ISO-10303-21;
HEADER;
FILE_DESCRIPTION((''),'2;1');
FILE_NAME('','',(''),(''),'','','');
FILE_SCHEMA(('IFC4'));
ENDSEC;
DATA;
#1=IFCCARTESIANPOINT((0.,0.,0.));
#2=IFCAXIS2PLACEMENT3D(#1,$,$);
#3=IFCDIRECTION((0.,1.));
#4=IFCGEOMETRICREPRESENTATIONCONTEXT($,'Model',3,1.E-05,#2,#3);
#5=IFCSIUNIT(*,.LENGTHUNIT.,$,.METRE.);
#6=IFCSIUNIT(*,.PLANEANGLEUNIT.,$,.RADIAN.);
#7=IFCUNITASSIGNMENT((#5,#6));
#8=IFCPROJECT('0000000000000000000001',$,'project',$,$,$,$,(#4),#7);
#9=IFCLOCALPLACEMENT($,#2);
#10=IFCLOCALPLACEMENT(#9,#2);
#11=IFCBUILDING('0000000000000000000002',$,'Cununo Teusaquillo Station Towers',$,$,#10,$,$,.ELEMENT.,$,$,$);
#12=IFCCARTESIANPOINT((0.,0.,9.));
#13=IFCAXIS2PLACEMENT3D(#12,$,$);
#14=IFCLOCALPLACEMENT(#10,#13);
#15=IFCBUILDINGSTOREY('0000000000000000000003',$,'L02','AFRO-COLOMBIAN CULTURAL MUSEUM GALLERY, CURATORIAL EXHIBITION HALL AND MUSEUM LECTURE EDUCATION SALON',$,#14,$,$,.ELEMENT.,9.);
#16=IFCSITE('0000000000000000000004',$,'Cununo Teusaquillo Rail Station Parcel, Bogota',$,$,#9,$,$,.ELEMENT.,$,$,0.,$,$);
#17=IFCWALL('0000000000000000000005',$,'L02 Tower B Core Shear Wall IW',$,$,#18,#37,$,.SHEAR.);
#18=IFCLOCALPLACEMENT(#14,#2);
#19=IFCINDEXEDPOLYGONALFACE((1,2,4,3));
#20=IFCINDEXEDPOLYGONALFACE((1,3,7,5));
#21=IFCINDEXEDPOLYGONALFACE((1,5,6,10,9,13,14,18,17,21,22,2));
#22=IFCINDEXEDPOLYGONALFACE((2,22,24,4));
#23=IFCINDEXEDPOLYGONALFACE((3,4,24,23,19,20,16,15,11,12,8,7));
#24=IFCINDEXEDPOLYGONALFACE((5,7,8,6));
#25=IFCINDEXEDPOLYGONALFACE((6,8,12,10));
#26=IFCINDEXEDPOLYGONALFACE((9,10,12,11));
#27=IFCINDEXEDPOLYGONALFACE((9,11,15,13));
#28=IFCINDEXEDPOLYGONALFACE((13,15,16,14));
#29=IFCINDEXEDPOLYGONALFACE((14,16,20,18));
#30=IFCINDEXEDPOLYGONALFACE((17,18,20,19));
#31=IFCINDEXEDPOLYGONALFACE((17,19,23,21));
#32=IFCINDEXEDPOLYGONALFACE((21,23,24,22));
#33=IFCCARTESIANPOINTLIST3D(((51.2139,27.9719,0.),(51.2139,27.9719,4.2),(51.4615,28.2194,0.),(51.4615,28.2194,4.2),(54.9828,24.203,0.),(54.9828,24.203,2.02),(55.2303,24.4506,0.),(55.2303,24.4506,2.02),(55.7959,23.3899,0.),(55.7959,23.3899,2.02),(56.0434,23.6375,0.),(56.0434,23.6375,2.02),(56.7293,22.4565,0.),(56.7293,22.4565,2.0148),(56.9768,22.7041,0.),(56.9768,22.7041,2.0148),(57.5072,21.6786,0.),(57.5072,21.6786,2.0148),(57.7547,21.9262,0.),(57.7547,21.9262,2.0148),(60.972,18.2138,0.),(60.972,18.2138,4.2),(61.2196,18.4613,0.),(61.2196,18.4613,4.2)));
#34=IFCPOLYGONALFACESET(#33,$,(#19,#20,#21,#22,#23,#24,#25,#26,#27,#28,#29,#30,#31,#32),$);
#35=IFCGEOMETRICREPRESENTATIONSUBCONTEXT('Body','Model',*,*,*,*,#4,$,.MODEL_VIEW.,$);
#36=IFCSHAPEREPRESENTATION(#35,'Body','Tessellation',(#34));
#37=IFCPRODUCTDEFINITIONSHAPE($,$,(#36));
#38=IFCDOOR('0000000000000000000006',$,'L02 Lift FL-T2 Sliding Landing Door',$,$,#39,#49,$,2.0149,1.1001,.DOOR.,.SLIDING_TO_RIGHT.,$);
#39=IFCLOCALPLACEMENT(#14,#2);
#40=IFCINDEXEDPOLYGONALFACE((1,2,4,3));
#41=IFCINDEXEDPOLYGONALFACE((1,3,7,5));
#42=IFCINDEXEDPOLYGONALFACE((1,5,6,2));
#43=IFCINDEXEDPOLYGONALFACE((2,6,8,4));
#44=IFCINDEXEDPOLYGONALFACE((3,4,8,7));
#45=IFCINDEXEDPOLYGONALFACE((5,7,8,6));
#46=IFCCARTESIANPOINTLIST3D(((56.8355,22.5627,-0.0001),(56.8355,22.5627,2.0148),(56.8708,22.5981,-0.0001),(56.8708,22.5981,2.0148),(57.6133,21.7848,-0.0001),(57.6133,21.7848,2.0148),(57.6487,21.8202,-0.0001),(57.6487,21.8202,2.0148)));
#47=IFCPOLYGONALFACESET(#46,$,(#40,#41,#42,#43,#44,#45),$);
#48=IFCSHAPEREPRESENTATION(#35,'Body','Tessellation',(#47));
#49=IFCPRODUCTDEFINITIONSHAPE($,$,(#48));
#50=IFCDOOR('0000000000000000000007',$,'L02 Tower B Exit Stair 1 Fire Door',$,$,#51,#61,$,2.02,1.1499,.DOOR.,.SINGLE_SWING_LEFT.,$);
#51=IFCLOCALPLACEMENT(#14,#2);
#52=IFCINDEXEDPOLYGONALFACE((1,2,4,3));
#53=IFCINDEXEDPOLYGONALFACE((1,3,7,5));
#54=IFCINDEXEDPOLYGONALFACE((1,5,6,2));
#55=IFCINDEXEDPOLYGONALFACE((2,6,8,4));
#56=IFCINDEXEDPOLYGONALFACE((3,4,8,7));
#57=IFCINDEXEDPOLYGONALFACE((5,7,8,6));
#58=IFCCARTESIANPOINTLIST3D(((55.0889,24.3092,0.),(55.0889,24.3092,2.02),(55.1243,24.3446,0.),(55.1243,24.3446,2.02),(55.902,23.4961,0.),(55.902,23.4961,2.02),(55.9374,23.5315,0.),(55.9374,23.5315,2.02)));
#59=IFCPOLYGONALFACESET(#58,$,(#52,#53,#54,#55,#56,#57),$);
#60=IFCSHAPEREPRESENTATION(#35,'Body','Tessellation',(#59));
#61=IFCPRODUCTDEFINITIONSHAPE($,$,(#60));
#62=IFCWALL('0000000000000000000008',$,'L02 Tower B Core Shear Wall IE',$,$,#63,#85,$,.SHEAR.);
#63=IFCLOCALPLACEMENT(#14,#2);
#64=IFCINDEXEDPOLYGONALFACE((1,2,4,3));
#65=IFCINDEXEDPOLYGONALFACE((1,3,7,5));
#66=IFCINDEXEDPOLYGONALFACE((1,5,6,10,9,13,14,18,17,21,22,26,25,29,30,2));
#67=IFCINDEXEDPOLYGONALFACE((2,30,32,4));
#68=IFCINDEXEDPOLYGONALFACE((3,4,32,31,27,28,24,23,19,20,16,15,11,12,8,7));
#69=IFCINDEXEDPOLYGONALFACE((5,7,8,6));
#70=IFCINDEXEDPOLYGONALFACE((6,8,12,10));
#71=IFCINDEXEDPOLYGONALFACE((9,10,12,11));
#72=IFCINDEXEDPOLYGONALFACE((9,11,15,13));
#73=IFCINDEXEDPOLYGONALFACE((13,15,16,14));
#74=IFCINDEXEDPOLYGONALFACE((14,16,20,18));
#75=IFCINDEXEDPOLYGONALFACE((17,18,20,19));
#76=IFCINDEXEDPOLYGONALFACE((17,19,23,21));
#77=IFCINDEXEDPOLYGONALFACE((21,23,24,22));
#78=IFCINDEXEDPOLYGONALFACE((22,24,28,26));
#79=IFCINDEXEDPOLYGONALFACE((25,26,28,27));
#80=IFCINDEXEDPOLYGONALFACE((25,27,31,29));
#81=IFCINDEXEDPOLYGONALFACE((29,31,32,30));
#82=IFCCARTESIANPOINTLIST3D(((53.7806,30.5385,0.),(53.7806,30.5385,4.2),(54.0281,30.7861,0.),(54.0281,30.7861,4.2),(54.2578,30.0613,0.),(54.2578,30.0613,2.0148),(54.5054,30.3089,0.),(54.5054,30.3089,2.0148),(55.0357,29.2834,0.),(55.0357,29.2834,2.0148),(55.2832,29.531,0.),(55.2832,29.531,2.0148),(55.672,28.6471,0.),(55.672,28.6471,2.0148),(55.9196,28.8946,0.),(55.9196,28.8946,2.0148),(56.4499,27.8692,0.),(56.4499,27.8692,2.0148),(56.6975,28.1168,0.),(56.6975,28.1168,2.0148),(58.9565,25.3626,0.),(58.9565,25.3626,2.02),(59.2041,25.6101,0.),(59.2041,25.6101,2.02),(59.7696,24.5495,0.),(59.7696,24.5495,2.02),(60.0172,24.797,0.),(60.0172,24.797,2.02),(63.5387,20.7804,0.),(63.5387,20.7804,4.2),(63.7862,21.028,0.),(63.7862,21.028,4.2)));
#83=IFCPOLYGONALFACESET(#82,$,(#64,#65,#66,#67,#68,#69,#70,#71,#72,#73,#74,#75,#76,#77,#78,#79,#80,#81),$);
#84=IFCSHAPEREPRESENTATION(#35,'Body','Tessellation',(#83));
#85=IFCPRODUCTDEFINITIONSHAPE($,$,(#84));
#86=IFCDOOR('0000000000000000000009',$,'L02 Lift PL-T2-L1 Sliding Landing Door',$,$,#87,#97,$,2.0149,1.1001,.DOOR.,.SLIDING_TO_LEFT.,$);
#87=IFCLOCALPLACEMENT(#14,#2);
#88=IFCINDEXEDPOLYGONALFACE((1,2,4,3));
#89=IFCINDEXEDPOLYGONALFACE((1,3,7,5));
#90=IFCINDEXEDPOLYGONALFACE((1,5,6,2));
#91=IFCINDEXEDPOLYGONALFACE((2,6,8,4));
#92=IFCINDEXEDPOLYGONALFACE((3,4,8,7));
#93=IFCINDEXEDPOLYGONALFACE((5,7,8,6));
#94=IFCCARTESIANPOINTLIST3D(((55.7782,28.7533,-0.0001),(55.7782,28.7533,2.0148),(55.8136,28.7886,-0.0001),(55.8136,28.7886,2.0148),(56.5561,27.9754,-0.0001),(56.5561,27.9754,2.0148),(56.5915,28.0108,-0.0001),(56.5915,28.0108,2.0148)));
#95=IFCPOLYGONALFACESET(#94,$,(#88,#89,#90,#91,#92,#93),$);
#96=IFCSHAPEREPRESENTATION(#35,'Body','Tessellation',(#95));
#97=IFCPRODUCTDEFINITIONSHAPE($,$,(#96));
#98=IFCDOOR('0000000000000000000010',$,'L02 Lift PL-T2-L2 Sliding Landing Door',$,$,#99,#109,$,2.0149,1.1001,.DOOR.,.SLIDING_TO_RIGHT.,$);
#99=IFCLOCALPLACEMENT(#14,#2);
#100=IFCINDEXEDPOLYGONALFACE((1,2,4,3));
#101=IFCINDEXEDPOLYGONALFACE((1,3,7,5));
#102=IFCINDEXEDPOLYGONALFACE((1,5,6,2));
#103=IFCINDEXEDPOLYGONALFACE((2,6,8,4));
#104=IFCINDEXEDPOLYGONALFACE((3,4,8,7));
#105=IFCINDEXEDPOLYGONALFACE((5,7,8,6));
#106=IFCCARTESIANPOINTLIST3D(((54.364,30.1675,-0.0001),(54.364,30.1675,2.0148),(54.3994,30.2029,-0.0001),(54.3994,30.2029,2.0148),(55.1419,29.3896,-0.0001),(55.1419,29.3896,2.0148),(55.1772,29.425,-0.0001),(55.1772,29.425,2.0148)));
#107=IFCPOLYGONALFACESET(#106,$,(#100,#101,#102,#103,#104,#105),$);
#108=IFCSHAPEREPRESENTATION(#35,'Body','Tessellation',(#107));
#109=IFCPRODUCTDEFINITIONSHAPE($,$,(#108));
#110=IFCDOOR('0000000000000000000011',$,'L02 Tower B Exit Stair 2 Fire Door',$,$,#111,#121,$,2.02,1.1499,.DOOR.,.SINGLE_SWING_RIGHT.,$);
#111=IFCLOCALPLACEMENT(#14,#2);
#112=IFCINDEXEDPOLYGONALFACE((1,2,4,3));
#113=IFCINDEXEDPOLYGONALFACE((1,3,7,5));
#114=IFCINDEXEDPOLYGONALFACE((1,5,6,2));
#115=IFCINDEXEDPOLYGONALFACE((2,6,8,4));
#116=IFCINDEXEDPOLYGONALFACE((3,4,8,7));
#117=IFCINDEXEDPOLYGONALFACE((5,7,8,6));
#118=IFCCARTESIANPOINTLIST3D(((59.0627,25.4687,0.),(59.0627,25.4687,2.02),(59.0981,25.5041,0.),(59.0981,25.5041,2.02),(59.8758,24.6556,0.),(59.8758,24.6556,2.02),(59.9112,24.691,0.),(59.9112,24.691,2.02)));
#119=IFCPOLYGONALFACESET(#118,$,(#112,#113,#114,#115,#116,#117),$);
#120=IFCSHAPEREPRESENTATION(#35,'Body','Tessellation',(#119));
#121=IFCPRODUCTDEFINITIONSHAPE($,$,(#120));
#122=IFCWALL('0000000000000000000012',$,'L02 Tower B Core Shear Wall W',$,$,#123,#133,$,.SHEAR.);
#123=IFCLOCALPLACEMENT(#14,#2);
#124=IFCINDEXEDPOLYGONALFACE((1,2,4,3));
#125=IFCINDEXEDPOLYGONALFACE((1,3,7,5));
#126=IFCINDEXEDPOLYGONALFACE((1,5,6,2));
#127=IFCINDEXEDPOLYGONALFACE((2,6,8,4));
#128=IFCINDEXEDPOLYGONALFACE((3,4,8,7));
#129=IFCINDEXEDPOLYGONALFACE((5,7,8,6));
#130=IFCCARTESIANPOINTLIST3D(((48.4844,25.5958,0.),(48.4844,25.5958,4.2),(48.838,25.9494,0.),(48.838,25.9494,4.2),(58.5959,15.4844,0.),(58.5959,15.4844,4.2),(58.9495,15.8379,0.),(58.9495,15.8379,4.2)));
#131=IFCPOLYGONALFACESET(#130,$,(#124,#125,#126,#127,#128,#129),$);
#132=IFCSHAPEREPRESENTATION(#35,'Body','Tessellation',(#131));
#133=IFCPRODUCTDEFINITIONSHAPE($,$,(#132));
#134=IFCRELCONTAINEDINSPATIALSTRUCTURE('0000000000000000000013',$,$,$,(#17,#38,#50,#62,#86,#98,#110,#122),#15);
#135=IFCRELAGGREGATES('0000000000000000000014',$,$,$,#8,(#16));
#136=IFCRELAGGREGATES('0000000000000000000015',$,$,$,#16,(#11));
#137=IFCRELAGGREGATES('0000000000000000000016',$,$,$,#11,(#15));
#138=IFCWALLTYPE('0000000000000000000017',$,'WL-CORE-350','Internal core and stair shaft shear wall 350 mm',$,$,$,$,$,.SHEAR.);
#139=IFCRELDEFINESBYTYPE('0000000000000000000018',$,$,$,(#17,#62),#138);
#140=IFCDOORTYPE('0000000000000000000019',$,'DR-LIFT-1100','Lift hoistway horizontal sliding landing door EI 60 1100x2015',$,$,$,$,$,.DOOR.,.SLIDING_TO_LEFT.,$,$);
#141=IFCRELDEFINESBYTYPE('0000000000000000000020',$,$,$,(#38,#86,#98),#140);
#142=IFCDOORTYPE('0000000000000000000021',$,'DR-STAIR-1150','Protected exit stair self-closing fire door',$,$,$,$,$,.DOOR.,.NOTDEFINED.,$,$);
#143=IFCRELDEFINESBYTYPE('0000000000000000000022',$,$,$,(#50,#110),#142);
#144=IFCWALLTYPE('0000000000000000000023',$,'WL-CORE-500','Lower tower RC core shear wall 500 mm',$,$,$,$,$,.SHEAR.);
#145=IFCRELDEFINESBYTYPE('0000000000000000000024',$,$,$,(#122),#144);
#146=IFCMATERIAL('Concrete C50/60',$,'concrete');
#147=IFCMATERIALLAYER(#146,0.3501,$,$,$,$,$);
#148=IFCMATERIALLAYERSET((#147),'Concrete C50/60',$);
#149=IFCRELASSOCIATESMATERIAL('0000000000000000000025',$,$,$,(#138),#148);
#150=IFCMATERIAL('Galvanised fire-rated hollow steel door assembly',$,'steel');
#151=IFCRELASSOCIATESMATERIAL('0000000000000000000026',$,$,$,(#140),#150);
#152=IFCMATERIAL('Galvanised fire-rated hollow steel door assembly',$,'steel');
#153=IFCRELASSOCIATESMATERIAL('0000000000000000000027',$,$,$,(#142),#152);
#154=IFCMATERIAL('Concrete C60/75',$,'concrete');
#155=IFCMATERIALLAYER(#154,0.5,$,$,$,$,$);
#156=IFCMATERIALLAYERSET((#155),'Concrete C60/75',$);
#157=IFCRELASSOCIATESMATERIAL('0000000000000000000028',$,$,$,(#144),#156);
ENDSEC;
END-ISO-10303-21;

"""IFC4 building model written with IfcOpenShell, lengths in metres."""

from ifc_helpers import new_model, si_unit, direction, frame, frame_2d, origin, place, context, subcontext, project, spatial, rectangle, extrude, source, transform, mapped, material, layer, layer_set, type_object, element, fill, save


model = new_model("IFC4")

# Units and contexts
model_context = context("Model", 3, precision=1e-05, world=origin(), true_north=direction((0.0, 1.0)))
body_context = subcontext(model_context, "Body", "Model", "MODEL_VIEW")
ifc_project = project(units=[si_unit("LENGTHUNIT", "METRE"), si_unit("PLANEANGLEUNIT", "RADIAN")], contexts=[model_context])

# Site, building, storey
site_placement = place(None, origin())
site = spatial("IfcSite", under=ifc_project, at=site_placement, Name="Cununo Teusaquillo Rail Station Parcel, Bogota", CompositionType="ELEMENT", RefElevation=0.0)
building_placement = place(site_placement, origin())
building = spatial("IfcBuilding", under=site, at=building_placement, Name="Cununo Teusaquillo Station Towers", CompositionType="ELEMENT")
storey_placement = place(building_placement, frame((0.0, 0.0, 9.0)))
storey = spatial("IfcBuildingStorey", under=building, at=storey_placement, Name="L02", Description="AFRO-COLOMBIAN CULTURAL MUSEUM GALLERY, CURATORIAL EXHIBITION HALL AND MUSEUM LECTURE EDUCATION SALON", CompositionType="ELEMENT", Elevation=9.0)

# Walls, openings, doors
ifc_material_1 = material(Name="Concrete C50/60", Category="concrete")
ifc_layer_1 = layer(ifc_material_1, 0.3501)
ifc_layer_set_1 = layer_set([ifc_layer_1], Name="Concrete C50/60")
wall_type_1 = type_object("IfcWallType", Name="WL-CORE-350", Description="Internal core and stair shaft shear wall 350 mm", PredefinedType="SHEAR", material=ifc_layer_set_1)
wall_1_placement = place(storey_placement, frame((61.0957, 18.3376, 0.0), z_axis=(0.0, 0.0, 1.0), x_axis=(-0.707107, 0.707107, 0.0)))
wall_1 = element("IfcWall", 1, at=wall_1_placement, inside=storey, type_object=wall_type_1, Name="L02 Tower B Core Shear Wall IW", PredefinedType="SHEAR", context=body_context, shape_type="SweptSolid", body=[
    extrude(rectangle(XDim=13.8, YDim=0.3501, at=frame_2d((6.8999, 0.0))), origin(), (0.0, 0.0, 1.0), 4.2),
])
shared_shape_1 = source(origin(), body_context, "Body", "SweptSolid", [
    extrude(rectangle(XDim=1.1001, YDim=2.0149, at=frame_2d((0.55, 1.0073))), frame((0.0, 0.1851, 0.0), z_axis=(0.0, -1.0, 0.0), x_axis=(1.0, 0.0, 0.0)), (0.0, 0.0, 1.0), 0.3701),
])
opening_1_placement = place(wall_1_placement, frame((4.8999, 0.0, 0.0)))
opening_1 = element("IfcOpeningElement", 2, at=opening_1_placement, cuts=wall_1, PredefinedType="OPENING", context=body_context, shape_type="MappedRepresentation", body=[
    mapped(shared_shape_1, transform((0.0, 0.0, 0.0), x_axis=(1.0, 0.0, 0.0), y_axis=(0.0, 1.0, 0.0), z_axis=(0.0, 0.0, 1.0), scale=1.0)),
])
shared_shape_2 = source(origin(), body_context, "Body", "SweptSolid", [
    extrude(rectangle(XDim=1.1499, YDim=2.02, at=frame_2d((0.575, 1.01))), frame((0.0, 0.1851, 0.0), z_axis=(0.0, -1.0, 0.0), x_axis=(1.0, 0.0, 0.0)), (0.0, 0.0, 1.0), 0.3701),
])
opening_2_placement = place(wall_1_placement, frame((7.3201, 0.0, 0.0)))
opening_2 = element("IfcOpeningElement", 3, at=opening_2_placement, cuts=wall_1, PredefinedType="OPENING", context=body_context, shape_type="MappedRepresentation", body=[
    mapped(shared_shape_2, transform((0.0, 0.0, 0.0), x_axis=(1.0, 0.0, 0.0), y_axis=(0.0, 1.0, 0.0), z_axis=(0.0, 0.0, 1.0), scale=1.0)),
])
ifc_material_2 = material(Name="Galvanised fire-rated hollow steel door assembly", Category="steel")
door_type_1 = type_object("IfcDoorType", Name="DR-LIFT-1100", Description="Lift hoistway horizontal sliding landing door EI 60 1100x2015", OperationType="SLIDING_TO_LEFT", PredefinedType="DOOR", material=ifc_material_2)
shared_shape_3 = source(origin(), body_context, "Body", "SweptSolid", [
    extrude(rectangle(XDim=1.1001, YDim=2.0149, at=frame_2d((0.55, 1.0073))), frame((0.0, 0.0249, 0.0), z_axis=(0.0, -1.0, 0.0), x_axis=(1.0, 0.0, 0.0)), (0.0, 0.0, 1.0), 0.05),
])
door_1_placement = place(opening_1_placement, origin())
door_1 = element("IfcDoor", 4, at=door_1_placement, inside=storey, type_object=door_type_1, Name="L02 Lift FL-T2 Sliding Landing Door", OperationType="SLIDING_TO_RIGHT", OverallHeight=2.0149, OverallWidth=1.1001, PredefinedType="DOOR", context=body_context, shape_type="MappedRepresentation", body=[
    mapped(shared_shape_3, transform((0.0, 0.0, 0.0), x_axis=(1.0, 0.0, 0.0), y_axis=(0.0, 1.0, 0.0), z_axis=(0.0, 0.0, 1.0), scale=1.0)),
])
fill(opening_1, door_1)
ifc_material_3 = material(Name="Galvanised fire-rated hollow steel door assembly", Category="steel")
door_type_2 = type_object("IfcDoorType", Name="DR-STAIR-1150", Description="Protected exit stair self-closing fire door", OperationType="NOTDEFINED", PredefinedType="DOOR", material=ifc_material_3)
shared_shape_4 = source(origin(), body_context, "Body", "SweptSolid", [
    extrude(rectangle(XDim=1.1499, YDim=2.02, at=frame_2d((0.575, 1.01))), frame((0.0, 0.0249, 0.0), z_axis=(0.0, -1.0, 0.0), x_axis=(1.0, 0.0, 0.0)), (0.0, 0.0, 1.0), 0.05),
])
door_2_placement = place(opening_2_placement, origin())
door_2 = element("IfcDoor", 5, at=door_2_placement, inside=storey, type_object=door_type_2, Name="L02 Tower B Exit Stair 1 Fire Door", OperationType="SINGLE_SWING_LEFT", OverallHeight=2.02, OverallWidth=1.1499, PredefinedType="DOOR", context=body_context, shape_type="MappedRepresentation", body=[
    mapped(shared_shape_4, transform((0.0, 0.0, 0.0), x_axis=(1.0, 0.0, 0.0), y_axis=(0.0, 1.0, 0.0), z_axis=(0.0, 0.0, 1.0), scale=1.0)),
])
fill(opening_2, door_2)
wall_2_placement = place(storey_placement, frame((63.6624, 20.9043, 0.0), z_axis=(0.0, 0.0, 1.0), x_axis=(-0.707107, 0.707107, 0.0)))
wall_2 = element("IfcWall", 6, at=wall_2_placement, inside=storey, type_object=wall_type_1, Name="L02 Tower B Core Shear Wall IE", PredefinedType="SHEAR", context=body_context, shape_type="SweptSolid", body=[
    extrude(rectangle(XDim=13.8, YDim=0.3501, at=frame_2d((6.8999, 0.0))), origin(), (0.0, 0.0, 1.0), 4.2),
])
opening_3_placement = place(wall_2_placement, frame((10.0249, 0.0, 0.0)))
opening_3 = element("IfcOpeningElement", 7, at=opening_3_placement, cuts=wall_2, PredefinedType="OPENING", context=body_context, shape_type="MappedRepresentation", body=[
    mapped(shared_shape_1, transform((0.0, 0.0, 0.0), x_axis=(1.0, 0.0, 0.0), y_axis=(0.0, 1.0, 0.0), z_axis=(0.0, 0.0, 1.0), scale=1.0)),
])
opening_4_placement = place(wall_2_placement, frame((12.0249, 0.0, 0.0)))
opening_4 = element("IfcOpeningElement", 8, at=opening_4_placement, cuts=wall_2, PredefinedType="OPENING", context=body_context, shape_type="MappedRepresentation", body=[
    mapped(shared_shape_1, transform((0.0, 0.0, 0.0), x_axis=(1.0, 0.0, 0.0), y_axis=(0.0, 1.0, 0.0), z_axis=(0.0, 0.0, 1.0), scale=1.0)),
])
opening_5_placement = place(wall_2_placement, frame((5.3301, 0.0, 0.0)))
opening_5 = element("IfcOpeningElement", 9, at=opening_5_placement, cuts=wall_2, PredefinedType="OPENING", context=body_context, shape_type="MappedRepresentation", body=[
    mapped(shared_shape_2, transform((0.0, 0.0, 0.0), x_axis=(1.0, 0.0, 0.0), y_axis=(0.0, 1.0, 0.0), z_axis=(0.0, 0.0, 1.0), scale=1.0)),
])
door_3_placement = place(opening_3_placement, origin())
door_3 = element("IfcDoor", 10, at=door_3_placement, inside=storey, type_object=door_type_1, Name="L02 Lift PL-T2-L1 Sliding Landing Door", OperationType="SLIDING_TO_LEFT", OverallHeight=2.0149, OverallWidth=1.1001, PredefinedType="DOOR", context=body_context, shape_type="MappedRepresentation", body=[
    mapped(shared_shape_3, transform((0.0, 0.0, 0.0), x_axis=(1.0, 0.0, 0.0), y_axis=(0.0, 1.0, 0.0), z_axis=(0.0, 0.0, 1.0), scale=1.0)),
])
fill(opening_3, door_3)
door_4_placement = place(opening_4_placement, origin())
door_4 = element("IfcDoor", 11, at=door_4_placement, inside=storey, type_object=door_type_1, Name="L02 Lift PL-T2-L2 Sliding Landing Door", OperationType="SLIDING_TO_RIGHT", OverallHeight=2.0149, OverallWidth=1.1001, PredefinedType="DOOR", context=body_context, shape_type="MappedRepresentation", body=[
    mapped(shared_shape_3, transform((0.0, 0.0, 0.0), x_axis=(1.0, 0.0, 0.0), y_axis=(0.0, 1.0, 0.0), z_axis=(0.0, 0.0, 1.0), scale=1.0)),
])
fill(opening_4, door_4)
door_5_placement = place(opening_5_placement, origin())
door_5 = element("IfcDoor", 12, at=door_5_placement, inside=storey, type_object=door_type_2, Name="L02 Tower B Exit Stair 2 Fire Door", OperationType="SINGLE_SWING_RIGHT", OverallHeight=2.02, OverallWidth=1.1499, PredefinedType="DOOR", context=body_context, shape_type="MappedRepresentation", body=[
    mapped(shared_shape_4, transform((0.0, 0.0, 0.0), x_axis=(1.0, 0.0, 0.0), y_axis=(0.0, 1.0, 0.0), z_axis=(0.0, 0.0, 1.0), scale=1.0)),
])
fill(opening_5, door_5)

# Wall
ifc_material_4 = material(Name="Concrete C60/75", Category="concrete")
ifc_layer_2 = layer(ifc_material_4, 0.5)
ifc_layer_set_2 = layer_set([ifc_layer_2], Name="Concrete C60/75")
wall_type_2 = type_object("IfcWallType", Name="WL-CORE-500", Description="Lower tower RC core shear wall 500 mm", PredefinedType="SHEAR", material=ifc_layer_set_2)
wall_3_placement = place(storey_placement, frame((58.7727, 15.6611, 0.0), z_axis=(0.0, 0.0, 1.0), x_axis=(-0.707107, 0.707107, 0.0)))
element("IfcWall", 13, at=wall_3_placement, inside=storey, type_object=wall_type_2, Name="L02 Tower B Core Shear Wall W", PredefinedType="SHEAR", context=body_context, shape_type="SweptSolid", body=[
    extrude(rectangle(XDim=14.2998, YDim=0.5, at=frame_2d((7.1499, 0.0))), origin(), (0.0, 0.0, 1.0), 4.2),
])

save(model, "model.ifc")
